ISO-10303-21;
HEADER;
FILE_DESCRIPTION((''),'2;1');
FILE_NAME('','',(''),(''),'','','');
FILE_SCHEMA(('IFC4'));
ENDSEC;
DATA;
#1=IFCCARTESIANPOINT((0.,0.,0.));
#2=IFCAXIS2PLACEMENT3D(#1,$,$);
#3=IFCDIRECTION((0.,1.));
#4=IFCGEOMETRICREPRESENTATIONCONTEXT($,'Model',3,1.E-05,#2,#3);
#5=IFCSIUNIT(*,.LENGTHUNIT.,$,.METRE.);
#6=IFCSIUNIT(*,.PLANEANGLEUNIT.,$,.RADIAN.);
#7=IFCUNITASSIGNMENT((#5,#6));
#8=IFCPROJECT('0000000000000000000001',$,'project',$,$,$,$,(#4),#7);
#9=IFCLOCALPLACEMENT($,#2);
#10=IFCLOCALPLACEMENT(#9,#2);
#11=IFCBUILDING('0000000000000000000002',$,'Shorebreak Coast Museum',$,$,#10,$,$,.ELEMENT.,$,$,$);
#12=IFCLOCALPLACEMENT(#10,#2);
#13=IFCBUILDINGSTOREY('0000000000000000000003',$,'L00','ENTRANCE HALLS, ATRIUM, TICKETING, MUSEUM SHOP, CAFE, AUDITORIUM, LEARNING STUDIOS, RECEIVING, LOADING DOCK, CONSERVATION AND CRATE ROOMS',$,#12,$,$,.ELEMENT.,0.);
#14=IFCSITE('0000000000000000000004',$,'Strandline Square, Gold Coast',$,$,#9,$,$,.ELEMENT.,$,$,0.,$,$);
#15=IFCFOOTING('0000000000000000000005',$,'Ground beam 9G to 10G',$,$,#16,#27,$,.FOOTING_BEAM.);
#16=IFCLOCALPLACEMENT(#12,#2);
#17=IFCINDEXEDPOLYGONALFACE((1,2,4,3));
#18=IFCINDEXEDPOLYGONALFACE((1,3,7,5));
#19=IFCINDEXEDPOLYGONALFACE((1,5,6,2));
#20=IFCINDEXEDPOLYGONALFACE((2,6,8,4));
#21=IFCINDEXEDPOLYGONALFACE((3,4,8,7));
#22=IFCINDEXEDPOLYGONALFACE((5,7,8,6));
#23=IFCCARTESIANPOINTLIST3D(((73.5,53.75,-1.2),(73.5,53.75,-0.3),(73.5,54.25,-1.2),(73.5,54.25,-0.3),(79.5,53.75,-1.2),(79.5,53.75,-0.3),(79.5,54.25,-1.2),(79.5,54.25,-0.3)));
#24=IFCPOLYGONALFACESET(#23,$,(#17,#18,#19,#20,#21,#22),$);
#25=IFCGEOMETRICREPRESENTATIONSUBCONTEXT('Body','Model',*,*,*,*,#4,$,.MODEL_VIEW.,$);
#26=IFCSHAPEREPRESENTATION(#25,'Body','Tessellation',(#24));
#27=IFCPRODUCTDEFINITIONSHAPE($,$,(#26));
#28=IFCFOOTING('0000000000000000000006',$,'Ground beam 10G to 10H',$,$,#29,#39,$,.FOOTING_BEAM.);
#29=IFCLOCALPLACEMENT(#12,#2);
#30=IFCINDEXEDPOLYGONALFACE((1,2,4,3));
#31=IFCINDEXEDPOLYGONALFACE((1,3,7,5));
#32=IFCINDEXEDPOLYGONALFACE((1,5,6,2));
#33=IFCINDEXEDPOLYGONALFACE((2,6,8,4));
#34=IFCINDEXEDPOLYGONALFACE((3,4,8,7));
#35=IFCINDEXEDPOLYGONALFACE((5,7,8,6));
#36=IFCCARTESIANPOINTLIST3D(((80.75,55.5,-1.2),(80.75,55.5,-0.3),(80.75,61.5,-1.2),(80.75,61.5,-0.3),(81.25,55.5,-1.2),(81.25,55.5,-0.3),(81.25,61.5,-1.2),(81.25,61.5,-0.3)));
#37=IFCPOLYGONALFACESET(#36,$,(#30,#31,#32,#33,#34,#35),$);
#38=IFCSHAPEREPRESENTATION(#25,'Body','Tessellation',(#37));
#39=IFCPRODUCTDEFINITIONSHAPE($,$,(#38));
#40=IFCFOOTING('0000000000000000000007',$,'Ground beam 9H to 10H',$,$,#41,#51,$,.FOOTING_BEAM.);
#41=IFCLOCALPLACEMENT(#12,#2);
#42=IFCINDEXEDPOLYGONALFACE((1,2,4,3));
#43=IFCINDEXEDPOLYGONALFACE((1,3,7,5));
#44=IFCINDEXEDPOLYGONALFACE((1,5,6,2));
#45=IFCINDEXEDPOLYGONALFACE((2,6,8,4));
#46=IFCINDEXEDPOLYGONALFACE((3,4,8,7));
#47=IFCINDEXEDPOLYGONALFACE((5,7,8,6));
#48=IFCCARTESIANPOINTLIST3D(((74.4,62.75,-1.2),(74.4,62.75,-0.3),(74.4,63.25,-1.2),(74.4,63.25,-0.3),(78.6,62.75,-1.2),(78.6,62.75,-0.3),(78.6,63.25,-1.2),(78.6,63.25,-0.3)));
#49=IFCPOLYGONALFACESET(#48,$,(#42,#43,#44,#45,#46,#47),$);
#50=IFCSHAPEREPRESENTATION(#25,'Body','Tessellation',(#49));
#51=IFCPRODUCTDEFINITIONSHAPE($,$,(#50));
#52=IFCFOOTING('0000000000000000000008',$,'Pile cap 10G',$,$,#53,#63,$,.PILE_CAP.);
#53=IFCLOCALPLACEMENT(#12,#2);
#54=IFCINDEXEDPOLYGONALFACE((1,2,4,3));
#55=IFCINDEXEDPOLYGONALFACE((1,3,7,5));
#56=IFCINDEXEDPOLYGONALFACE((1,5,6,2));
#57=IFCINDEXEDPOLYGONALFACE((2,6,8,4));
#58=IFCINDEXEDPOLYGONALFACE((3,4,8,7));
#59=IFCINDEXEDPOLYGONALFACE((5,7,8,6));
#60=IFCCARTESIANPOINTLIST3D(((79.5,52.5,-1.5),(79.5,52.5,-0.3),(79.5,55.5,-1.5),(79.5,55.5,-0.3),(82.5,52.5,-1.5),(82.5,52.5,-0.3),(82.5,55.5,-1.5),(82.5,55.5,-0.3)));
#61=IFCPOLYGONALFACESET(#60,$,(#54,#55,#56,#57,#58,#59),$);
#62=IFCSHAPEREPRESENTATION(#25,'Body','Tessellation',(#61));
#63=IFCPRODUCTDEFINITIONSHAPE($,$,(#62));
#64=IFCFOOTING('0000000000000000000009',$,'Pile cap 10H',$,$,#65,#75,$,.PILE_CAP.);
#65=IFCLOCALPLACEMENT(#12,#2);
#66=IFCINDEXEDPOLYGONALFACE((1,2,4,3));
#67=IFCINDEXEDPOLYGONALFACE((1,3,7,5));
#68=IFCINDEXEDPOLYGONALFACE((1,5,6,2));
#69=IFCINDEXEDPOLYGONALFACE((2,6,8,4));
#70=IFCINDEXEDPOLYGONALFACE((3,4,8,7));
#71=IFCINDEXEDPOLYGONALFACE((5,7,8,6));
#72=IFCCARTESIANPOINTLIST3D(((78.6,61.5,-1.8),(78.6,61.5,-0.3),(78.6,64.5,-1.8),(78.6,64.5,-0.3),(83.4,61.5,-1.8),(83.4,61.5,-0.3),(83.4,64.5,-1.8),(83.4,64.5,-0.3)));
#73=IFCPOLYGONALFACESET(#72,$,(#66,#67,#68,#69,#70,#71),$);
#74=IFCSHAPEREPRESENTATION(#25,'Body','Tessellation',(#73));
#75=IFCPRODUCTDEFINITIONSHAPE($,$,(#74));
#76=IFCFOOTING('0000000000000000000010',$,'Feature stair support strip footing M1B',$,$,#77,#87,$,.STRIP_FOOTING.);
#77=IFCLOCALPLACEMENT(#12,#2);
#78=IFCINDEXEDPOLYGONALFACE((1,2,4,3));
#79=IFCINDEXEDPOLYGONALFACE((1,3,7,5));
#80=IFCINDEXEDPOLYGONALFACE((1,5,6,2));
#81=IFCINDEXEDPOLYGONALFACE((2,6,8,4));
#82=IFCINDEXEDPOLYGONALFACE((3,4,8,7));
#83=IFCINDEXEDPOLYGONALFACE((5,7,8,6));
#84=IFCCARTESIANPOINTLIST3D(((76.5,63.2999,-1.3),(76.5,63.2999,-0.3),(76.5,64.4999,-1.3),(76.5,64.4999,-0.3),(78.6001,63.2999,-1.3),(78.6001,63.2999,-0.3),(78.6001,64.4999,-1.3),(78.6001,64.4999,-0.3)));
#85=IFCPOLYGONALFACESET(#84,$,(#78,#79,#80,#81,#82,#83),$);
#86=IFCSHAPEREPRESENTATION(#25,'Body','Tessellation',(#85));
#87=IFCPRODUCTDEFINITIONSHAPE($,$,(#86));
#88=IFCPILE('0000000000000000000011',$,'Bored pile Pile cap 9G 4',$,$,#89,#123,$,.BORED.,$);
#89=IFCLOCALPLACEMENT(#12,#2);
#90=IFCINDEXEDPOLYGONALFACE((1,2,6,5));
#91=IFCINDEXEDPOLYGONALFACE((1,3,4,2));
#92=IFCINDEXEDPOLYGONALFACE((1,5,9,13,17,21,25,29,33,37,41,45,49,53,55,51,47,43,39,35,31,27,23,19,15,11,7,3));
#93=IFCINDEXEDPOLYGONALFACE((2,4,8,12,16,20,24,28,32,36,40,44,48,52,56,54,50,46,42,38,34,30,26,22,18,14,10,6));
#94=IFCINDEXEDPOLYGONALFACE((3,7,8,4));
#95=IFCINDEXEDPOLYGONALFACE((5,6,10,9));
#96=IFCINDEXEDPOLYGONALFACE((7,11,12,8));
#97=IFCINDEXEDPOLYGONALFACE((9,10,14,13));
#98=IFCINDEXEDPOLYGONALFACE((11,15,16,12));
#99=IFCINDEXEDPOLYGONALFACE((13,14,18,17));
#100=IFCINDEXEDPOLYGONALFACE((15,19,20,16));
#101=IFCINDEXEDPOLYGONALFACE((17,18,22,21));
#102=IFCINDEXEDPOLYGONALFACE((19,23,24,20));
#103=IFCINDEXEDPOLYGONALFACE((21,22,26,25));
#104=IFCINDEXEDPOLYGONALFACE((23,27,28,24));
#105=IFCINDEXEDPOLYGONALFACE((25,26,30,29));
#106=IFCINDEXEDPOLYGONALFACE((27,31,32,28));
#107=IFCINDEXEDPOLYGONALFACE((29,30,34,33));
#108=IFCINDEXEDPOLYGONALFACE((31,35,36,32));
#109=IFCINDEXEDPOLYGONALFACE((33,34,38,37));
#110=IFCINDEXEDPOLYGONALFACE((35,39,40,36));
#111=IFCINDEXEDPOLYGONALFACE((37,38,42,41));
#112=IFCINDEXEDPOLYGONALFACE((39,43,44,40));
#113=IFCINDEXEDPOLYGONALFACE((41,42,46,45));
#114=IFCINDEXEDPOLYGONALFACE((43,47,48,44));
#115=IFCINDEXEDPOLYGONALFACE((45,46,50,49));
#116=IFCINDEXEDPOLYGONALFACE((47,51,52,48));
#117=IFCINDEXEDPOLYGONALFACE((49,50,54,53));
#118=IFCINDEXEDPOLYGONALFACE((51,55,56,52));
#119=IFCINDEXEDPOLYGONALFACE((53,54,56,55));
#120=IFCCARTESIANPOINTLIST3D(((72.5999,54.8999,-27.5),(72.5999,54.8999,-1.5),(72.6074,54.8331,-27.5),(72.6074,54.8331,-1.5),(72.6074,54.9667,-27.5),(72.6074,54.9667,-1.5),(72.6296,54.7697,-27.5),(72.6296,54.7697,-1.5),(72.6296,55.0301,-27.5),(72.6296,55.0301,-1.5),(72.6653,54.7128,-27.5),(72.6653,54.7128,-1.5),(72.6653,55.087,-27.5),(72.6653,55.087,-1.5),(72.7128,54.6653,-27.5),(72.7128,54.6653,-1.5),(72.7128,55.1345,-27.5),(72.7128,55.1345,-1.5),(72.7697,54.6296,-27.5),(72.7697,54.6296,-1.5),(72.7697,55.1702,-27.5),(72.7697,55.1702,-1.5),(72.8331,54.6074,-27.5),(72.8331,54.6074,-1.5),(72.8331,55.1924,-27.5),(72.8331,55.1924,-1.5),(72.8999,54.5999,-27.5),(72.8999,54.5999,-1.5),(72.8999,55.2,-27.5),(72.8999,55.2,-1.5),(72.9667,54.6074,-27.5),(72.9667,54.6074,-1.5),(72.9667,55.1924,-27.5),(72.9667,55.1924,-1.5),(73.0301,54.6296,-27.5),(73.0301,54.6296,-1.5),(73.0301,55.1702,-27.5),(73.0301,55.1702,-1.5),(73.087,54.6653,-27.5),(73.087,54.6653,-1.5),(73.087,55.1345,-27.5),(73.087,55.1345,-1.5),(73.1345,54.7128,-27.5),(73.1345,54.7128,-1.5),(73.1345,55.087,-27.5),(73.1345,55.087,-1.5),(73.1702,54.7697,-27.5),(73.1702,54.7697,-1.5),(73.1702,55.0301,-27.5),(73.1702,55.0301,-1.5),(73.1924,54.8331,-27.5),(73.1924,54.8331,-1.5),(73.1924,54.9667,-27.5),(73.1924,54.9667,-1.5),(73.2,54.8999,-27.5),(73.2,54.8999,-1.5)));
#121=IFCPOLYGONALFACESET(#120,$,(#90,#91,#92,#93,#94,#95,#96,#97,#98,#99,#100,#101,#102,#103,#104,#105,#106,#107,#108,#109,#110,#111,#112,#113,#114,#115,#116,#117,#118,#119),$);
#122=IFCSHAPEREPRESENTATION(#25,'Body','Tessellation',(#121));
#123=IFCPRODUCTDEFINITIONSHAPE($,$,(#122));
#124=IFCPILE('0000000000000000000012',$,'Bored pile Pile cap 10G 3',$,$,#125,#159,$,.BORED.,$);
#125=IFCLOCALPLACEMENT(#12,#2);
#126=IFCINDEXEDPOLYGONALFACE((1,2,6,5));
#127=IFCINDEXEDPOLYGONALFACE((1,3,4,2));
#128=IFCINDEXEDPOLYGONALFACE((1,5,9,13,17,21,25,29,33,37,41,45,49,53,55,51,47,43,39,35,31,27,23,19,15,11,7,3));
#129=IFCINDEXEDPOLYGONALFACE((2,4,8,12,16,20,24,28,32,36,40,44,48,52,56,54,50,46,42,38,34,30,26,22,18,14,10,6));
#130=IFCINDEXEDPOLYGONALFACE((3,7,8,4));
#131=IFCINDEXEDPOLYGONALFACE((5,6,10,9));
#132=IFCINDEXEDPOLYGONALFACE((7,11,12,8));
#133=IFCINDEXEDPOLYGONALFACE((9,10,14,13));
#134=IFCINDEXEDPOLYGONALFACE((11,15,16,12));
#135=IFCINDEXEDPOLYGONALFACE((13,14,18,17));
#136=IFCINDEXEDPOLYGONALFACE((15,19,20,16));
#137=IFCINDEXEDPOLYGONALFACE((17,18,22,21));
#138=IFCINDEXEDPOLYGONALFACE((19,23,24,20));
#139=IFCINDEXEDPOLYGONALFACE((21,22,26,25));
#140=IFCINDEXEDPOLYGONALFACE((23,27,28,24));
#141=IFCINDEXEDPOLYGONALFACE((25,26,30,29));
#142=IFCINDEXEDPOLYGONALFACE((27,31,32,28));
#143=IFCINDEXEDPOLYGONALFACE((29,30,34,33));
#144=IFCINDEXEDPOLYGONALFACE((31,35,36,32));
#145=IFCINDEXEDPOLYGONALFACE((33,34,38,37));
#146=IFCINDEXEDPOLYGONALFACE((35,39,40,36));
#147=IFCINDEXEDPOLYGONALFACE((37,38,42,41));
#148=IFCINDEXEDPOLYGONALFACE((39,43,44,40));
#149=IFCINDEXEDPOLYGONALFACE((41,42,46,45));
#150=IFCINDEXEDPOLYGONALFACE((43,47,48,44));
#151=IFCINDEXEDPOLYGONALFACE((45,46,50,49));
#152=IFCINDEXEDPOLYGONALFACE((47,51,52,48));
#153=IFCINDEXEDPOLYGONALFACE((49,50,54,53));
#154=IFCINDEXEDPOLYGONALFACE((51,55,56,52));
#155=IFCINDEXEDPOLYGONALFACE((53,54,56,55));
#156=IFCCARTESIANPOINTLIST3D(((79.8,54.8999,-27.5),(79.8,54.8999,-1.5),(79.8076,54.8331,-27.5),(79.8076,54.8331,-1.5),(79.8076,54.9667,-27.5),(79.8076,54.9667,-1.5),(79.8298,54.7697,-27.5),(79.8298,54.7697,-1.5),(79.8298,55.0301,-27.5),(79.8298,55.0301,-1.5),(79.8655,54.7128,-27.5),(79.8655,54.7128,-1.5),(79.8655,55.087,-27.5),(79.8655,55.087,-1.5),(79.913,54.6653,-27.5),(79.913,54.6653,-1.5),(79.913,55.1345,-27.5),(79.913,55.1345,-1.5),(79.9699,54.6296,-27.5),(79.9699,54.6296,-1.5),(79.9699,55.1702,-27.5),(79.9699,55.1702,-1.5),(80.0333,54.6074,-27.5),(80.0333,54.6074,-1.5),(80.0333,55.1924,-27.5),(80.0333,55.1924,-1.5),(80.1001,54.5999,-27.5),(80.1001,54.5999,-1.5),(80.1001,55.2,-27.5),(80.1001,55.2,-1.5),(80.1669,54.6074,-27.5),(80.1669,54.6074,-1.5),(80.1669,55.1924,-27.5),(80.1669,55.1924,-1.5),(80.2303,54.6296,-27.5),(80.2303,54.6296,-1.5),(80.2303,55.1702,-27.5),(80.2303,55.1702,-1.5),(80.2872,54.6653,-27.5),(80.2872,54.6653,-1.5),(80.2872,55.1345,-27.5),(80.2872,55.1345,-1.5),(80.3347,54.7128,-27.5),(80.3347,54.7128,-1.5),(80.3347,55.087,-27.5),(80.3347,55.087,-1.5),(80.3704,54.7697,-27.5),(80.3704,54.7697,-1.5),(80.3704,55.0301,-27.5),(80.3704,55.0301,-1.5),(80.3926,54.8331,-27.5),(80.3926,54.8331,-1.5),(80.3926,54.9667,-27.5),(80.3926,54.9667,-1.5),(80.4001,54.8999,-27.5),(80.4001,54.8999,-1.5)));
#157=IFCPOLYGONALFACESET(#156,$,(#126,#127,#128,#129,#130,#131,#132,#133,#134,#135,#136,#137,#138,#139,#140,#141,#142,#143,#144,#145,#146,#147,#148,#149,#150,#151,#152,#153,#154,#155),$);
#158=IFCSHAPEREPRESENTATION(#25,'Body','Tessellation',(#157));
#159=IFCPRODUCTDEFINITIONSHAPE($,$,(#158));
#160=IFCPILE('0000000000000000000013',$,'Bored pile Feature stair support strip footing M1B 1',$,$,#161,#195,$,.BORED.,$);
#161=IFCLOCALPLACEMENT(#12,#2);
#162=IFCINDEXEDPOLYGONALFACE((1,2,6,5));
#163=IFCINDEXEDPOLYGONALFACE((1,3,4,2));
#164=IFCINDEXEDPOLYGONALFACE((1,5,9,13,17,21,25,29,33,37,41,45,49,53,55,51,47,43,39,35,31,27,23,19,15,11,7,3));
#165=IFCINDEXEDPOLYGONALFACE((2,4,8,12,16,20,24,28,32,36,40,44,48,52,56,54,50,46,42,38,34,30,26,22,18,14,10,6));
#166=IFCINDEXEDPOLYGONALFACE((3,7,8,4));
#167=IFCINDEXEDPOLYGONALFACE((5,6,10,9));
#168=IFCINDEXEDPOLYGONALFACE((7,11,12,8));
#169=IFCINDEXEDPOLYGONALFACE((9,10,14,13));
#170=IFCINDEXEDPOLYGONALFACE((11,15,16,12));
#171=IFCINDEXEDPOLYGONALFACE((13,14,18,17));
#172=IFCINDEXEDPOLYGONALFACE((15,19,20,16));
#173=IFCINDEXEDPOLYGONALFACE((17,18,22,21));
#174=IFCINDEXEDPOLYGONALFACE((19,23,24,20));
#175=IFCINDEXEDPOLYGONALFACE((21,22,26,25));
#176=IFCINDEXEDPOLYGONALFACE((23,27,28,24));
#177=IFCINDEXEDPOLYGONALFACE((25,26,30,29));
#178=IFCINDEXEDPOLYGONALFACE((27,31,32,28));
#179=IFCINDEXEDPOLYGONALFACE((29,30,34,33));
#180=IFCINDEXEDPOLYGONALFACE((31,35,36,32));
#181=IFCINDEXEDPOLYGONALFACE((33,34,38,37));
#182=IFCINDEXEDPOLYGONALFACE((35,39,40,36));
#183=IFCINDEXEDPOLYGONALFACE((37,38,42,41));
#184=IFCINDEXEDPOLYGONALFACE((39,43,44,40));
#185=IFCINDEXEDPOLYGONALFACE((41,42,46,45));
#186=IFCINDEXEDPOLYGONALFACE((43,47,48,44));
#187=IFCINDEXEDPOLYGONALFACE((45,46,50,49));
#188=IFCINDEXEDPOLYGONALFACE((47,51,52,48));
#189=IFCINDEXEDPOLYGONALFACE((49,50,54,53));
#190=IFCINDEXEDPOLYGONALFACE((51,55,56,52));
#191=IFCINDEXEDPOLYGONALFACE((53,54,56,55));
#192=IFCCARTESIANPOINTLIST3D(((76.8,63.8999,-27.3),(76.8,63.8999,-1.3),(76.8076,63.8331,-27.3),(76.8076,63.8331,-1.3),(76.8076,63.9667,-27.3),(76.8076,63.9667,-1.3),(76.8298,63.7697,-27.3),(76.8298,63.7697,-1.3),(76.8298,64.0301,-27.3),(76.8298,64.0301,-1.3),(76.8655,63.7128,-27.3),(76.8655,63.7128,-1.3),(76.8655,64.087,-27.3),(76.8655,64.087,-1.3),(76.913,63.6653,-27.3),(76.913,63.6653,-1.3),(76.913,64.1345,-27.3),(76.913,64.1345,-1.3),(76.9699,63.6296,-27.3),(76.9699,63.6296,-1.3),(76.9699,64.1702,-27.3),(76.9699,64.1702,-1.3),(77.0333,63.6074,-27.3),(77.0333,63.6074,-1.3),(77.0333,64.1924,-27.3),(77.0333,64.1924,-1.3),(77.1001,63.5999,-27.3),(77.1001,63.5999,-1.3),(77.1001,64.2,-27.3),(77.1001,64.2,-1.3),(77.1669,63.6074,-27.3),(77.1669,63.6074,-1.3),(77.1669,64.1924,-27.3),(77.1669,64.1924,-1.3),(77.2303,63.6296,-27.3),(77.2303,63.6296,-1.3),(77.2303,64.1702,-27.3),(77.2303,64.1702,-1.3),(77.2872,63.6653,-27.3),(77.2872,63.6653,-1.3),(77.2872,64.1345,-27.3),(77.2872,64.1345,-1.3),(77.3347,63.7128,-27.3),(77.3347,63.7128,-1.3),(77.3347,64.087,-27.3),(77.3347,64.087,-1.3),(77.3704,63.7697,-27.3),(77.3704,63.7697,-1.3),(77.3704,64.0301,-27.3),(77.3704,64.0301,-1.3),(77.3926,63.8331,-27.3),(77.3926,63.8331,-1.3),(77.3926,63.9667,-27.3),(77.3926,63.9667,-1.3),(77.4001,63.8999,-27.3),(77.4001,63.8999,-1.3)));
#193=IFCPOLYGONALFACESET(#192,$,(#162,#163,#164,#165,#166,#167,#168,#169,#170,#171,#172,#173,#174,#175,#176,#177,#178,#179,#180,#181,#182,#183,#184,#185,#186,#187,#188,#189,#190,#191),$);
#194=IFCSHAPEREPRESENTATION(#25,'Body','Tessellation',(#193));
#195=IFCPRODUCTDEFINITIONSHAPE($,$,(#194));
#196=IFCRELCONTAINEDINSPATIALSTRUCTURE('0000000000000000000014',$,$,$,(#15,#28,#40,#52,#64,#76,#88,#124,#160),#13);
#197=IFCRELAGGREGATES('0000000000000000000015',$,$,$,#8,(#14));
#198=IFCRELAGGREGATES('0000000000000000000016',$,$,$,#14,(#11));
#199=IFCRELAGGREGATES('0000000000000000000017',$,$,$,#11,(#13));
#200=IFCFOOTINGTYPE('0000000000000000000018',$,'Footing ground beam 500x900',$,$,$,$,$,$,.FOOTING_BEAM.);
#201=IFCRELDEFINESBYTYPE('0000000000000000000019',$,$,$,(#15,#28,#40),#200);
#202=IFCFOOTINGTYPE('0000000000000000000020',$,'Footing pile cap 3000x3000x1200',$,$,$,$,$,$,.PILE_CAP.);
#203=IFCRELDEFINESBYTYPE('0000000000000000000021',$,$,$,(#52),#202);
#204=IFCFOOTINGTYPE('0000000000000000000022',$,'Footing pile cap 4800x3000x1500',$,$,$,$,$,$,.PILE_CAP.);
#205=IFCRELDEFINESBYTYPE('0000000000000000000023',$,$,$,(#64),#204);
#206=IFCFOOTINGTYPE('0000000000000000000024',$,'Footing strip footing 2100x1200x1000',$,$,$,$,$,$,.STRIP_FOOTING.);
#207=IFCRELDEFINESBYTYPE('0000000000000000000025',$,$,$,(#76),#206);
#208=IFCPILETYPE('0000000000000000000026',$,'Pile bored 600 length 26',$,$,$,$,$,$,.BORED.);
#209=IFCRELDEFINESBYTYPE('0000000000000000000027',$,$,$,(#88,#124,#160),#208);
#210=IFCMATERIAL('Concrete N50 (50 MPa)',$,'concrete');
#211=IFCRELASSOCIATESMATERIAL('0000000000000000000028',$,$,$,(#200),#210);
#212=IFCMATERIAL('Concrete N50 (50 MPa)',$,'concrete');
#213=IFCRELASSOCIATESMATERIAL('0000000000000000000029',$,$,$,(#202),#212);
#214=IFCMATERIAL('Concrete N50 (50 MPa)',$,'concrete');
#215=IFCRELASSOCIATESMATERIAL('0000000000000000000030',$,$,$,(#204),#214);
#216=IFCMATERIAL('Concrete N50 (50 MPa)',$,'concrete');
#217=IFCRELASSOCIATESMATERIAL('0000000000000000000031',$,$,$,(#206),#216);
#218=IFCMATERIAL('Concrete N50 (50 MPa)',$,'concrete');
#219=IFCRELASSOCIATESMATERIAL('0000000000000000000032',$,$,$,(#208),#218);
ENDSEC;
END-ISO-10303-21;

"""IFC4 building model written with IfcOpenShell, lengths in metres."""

from ifc_helpers import new_model, si_unit, direction, frame, origin, origin_2d, place, context, subcontext, project, spatial, rectangle, circle, extrude, material, material_profile, profile_set, type_object, element, save


model = new_model("IFC4")

# Units and contexts
model_context = context("Model", 3, precision=1e-05, world=origin(), true_north=direction((0.0, 1.0)))
body_context = subcontext(model_context, "Body", "Model", "MODEL_VIEW")
ifc_project = project(units=[si_unit("LENGTHUNIT", "METRE"), si_unit("PLANEANGLEUNIT", "RADIAN")], contexts=[model_context])

# Site, building, storey
site_placement = place(None, origin())
site = spatial("IfcSite", under=ifc_project, at=site_placement, Name="Strandline Square, Gold Coast", CompositionType="ELEMENT", RefElevation=0.0)
building_placement = place(site_placement, origin())
building = spatial("IfcBuilding", under=site, at=building_placement, Name="Shorebreak Coast Museum", CompositionType="ELEMENT")
storey_placement = place(building_placement, origin())
storey = spatial("IfcBuildingStorey", under=building, at=storey_placement, Name="L00", Description="ENTRANCE HALLS, ATRIUM, TICKETING, MUSEUM SHOP, CAFE, AUDITORIUM, LEARNING STUDIOS, RECEIVING, LOADING DOCK, CONSERVATION AND CRATE ROOMS", CompositionType="ELEMENT", Elevation=0.0)

# Footings
ifc_material_1 = material(Name="Concrete N50 (50 MPa)", Category="concrete")
footing_type_1 = type_object("IfcFootingType", Name="Footing ground beam 500x900", PredefinedType="FOOTING_BEAM", material=ifc_material_1)
footing_1_placement = place(storey_placement, frame((76.5, 54.0, -1.2), z_axis=(0.0, 0.0, 1.0), x_axis=(1.0, 0.0, 0.0)))
element("IfcFooting", 1, at=footing_1_placement, inside=storey, type_object=footing_type_1, Name="Ground beam 9G to 10G", PredefinedType="FOOTING_BEAM", context=body_context, shape_type="SweptSolid", body=[
    extrude(rectangle(XDim=6.0, YDim=0.5, at=origin_2d()), origin(), (0.0, 0.0, 1.0), 0.8999),
])
footing_2_placement = place(storey_placement, frame((81.0, 58.5, -1.2), z_axis=(0.0, 0.0, 1.0), x_axis=(1.0, 0.0, 0.0)))
element("IfcFooting", 2, at=footing_2_placement, inside=storey, type_object=footing_type_1, Name="Ground beam 10G to 10H", PredefinedType="FOOTING_BEAM", context=body_context, shape_type="SweptSolid", body=[
    extrude(rectangle(XDim=0.5, YDim=6.0, at=origin_2d()), origin(), (0.0, 0.0, 1.0), 0.8999),
])
footing_3_placement = place(storey_placement, frame((76.5, 63.0, -1.2), z_axis=(0.0, 0.0, 1.0), x_axis=(1.0, 0.0, 0.0)))
element("IfcFooting", 3, at=footing_3_placement, inside=storey, type_object=footing_type_1, Name="Ground beam 9H to 10H", PredefinedType="FOOTING_BEAM", context=body_context, shape_type="SweptSolid", body=[
    extrude(rectangle(XDim=4.2, YDim=0.5, at=origin_2d()), origin(), (0.0, 0.0, 1.0), 0.8999),
])
ifc_material_2 = material(Name="Concrete N50 (50 MPa)", Category="concrete")
footing_type_2 = type_object("IfcFootingType", Name="Footing pile cap 3000x3000x1200", PredefinedType="PILE_CAP", material=ifc_material_2)
footing_4_placement = place(storey_placement, frame((81.0, 54.0, -1.5), z_axis=(0.0, 0.0, 1.0), x_axis=(1.0, 0.0, 0.0)))
element("IfcFooting", 4, at=footing_4_placement, inside=storey, type_object=footing_type_2, Name="Pile cap 10G", PredefinedType="PILE_CAP", context=body_context, shape_type="SweptSolid", body=[
    extrude(rectangle(XDim=3.0, YDim=3.0, at=origin_2d()), origin(), (0.0, 0.0, 1.0), 1.2),
])
ifc_material_3 = material(Name="Concrete N50 (50 MPa)", Category="concrete")
footing_type_3 = type_object("IfcFootingType", Name="Footing pile cap 4800x3000x1500", PredefinedType="PILE_CAP", material=ifc_material_3)
footing_5_placement = place(storey_placement, frame((81.0, 63.0, -1.8), z_axis=(0.0, 0.0, 1.0), x_axis=(1.0, 0.0, 0.0)))
element("IfcFooting", 5, at=footing_5_placement, inside=storey, type_object=footing_type_3, Name="Pile cap 10H", PredefinedType="PILE_CAP", context=body_context, shape_type="SweptSolid", body=[
    extrude(rectangle(XDim=4.8, YDim=3.0, at=origin_2d()), origin(), (0.0, 0.0, 1.0), 1.5),
])
ifc_material_4 = material(Name="Concrete N50 (50 MPa)", Category="concrete")
footing_type_4 = type_object("IfcFootingType", Name="Footing strip footing 2100x1200x1000", PredefinedType="STRIP_FOOTING", material=ifc_material_4)
footing_6_placement = place(storey_placement, frame((77.55, 63.8999, -1.3), z_axis=(0.0, 0.0, 1.0), x_axis=(1.0, 0.0, 0.0)))
element("IfcFooting", 6, at=footing_6_placement, inside=storey, type_object=footing_type_4, Name="Feature stair support strip footing M1B", PredefinedType="STRIP_FOOTING", context=body_context, shape_type="SweptSolid", body=[
    extrude(rectangle(XDim=2.1001, YDim=1.2, at=origin_2d()), origin(), (0.0, 0.0, 1.0), 1.0),
])

# Piles
ifc_material_5 = material(Name="Concrete N50 (50 MPa)", Category="concrete")
ifc_material_profile_1 = material_profile(ifc_material_5, circle(Radius=0.3, at=origin_2d()), Name="Pile bored 600 length 26")
ifc_profile_set_1 = profile_set([ifc_material_profile_1], Name="Concrete N50 (50 MPa)")
pile_type_1 = type_object("IfcPileType", Name="Pile bored 600 length 26", PredefinedType="BORED", material=ifc_profile_set_1)
for number, where, z_axis, x_axis, name in (
    (7, (72.8999, 54.8999, -1.5), (0.0, 0.0, -1.0), (1.0, 0.0, 0.0), "Bored pile Pile cap 9G 4"),
    (8, (80.1001, 54.8999, -1.5), (0.0, 0.0, -1.0), (1.0, 0.0, 0.0), "Bored pile Pile cap 10G 3"),
    (9, (77.1001, 63.8999, -1.3), (0.0, 0.0, -1.0), (1.0, 0.0, 0.0), "Bored pile Feature stair support strip footing M1B 1"),
):
    element("IfcPile", number, at=place(storey_placement, frame(where, z_axis=z_axis, x_axis=x_axis)), inside=storey, type_object=pile_type_1, Name=name, PredefinedType="BORED", context=body_context, shape_type="SweptSolid", body=[
        extrude(circle(Radius=0.3, at=origin_2d()), origin(), (0.0, 0.0, 1.0), 26.0),
    ])

save(model, "model.ifc")
